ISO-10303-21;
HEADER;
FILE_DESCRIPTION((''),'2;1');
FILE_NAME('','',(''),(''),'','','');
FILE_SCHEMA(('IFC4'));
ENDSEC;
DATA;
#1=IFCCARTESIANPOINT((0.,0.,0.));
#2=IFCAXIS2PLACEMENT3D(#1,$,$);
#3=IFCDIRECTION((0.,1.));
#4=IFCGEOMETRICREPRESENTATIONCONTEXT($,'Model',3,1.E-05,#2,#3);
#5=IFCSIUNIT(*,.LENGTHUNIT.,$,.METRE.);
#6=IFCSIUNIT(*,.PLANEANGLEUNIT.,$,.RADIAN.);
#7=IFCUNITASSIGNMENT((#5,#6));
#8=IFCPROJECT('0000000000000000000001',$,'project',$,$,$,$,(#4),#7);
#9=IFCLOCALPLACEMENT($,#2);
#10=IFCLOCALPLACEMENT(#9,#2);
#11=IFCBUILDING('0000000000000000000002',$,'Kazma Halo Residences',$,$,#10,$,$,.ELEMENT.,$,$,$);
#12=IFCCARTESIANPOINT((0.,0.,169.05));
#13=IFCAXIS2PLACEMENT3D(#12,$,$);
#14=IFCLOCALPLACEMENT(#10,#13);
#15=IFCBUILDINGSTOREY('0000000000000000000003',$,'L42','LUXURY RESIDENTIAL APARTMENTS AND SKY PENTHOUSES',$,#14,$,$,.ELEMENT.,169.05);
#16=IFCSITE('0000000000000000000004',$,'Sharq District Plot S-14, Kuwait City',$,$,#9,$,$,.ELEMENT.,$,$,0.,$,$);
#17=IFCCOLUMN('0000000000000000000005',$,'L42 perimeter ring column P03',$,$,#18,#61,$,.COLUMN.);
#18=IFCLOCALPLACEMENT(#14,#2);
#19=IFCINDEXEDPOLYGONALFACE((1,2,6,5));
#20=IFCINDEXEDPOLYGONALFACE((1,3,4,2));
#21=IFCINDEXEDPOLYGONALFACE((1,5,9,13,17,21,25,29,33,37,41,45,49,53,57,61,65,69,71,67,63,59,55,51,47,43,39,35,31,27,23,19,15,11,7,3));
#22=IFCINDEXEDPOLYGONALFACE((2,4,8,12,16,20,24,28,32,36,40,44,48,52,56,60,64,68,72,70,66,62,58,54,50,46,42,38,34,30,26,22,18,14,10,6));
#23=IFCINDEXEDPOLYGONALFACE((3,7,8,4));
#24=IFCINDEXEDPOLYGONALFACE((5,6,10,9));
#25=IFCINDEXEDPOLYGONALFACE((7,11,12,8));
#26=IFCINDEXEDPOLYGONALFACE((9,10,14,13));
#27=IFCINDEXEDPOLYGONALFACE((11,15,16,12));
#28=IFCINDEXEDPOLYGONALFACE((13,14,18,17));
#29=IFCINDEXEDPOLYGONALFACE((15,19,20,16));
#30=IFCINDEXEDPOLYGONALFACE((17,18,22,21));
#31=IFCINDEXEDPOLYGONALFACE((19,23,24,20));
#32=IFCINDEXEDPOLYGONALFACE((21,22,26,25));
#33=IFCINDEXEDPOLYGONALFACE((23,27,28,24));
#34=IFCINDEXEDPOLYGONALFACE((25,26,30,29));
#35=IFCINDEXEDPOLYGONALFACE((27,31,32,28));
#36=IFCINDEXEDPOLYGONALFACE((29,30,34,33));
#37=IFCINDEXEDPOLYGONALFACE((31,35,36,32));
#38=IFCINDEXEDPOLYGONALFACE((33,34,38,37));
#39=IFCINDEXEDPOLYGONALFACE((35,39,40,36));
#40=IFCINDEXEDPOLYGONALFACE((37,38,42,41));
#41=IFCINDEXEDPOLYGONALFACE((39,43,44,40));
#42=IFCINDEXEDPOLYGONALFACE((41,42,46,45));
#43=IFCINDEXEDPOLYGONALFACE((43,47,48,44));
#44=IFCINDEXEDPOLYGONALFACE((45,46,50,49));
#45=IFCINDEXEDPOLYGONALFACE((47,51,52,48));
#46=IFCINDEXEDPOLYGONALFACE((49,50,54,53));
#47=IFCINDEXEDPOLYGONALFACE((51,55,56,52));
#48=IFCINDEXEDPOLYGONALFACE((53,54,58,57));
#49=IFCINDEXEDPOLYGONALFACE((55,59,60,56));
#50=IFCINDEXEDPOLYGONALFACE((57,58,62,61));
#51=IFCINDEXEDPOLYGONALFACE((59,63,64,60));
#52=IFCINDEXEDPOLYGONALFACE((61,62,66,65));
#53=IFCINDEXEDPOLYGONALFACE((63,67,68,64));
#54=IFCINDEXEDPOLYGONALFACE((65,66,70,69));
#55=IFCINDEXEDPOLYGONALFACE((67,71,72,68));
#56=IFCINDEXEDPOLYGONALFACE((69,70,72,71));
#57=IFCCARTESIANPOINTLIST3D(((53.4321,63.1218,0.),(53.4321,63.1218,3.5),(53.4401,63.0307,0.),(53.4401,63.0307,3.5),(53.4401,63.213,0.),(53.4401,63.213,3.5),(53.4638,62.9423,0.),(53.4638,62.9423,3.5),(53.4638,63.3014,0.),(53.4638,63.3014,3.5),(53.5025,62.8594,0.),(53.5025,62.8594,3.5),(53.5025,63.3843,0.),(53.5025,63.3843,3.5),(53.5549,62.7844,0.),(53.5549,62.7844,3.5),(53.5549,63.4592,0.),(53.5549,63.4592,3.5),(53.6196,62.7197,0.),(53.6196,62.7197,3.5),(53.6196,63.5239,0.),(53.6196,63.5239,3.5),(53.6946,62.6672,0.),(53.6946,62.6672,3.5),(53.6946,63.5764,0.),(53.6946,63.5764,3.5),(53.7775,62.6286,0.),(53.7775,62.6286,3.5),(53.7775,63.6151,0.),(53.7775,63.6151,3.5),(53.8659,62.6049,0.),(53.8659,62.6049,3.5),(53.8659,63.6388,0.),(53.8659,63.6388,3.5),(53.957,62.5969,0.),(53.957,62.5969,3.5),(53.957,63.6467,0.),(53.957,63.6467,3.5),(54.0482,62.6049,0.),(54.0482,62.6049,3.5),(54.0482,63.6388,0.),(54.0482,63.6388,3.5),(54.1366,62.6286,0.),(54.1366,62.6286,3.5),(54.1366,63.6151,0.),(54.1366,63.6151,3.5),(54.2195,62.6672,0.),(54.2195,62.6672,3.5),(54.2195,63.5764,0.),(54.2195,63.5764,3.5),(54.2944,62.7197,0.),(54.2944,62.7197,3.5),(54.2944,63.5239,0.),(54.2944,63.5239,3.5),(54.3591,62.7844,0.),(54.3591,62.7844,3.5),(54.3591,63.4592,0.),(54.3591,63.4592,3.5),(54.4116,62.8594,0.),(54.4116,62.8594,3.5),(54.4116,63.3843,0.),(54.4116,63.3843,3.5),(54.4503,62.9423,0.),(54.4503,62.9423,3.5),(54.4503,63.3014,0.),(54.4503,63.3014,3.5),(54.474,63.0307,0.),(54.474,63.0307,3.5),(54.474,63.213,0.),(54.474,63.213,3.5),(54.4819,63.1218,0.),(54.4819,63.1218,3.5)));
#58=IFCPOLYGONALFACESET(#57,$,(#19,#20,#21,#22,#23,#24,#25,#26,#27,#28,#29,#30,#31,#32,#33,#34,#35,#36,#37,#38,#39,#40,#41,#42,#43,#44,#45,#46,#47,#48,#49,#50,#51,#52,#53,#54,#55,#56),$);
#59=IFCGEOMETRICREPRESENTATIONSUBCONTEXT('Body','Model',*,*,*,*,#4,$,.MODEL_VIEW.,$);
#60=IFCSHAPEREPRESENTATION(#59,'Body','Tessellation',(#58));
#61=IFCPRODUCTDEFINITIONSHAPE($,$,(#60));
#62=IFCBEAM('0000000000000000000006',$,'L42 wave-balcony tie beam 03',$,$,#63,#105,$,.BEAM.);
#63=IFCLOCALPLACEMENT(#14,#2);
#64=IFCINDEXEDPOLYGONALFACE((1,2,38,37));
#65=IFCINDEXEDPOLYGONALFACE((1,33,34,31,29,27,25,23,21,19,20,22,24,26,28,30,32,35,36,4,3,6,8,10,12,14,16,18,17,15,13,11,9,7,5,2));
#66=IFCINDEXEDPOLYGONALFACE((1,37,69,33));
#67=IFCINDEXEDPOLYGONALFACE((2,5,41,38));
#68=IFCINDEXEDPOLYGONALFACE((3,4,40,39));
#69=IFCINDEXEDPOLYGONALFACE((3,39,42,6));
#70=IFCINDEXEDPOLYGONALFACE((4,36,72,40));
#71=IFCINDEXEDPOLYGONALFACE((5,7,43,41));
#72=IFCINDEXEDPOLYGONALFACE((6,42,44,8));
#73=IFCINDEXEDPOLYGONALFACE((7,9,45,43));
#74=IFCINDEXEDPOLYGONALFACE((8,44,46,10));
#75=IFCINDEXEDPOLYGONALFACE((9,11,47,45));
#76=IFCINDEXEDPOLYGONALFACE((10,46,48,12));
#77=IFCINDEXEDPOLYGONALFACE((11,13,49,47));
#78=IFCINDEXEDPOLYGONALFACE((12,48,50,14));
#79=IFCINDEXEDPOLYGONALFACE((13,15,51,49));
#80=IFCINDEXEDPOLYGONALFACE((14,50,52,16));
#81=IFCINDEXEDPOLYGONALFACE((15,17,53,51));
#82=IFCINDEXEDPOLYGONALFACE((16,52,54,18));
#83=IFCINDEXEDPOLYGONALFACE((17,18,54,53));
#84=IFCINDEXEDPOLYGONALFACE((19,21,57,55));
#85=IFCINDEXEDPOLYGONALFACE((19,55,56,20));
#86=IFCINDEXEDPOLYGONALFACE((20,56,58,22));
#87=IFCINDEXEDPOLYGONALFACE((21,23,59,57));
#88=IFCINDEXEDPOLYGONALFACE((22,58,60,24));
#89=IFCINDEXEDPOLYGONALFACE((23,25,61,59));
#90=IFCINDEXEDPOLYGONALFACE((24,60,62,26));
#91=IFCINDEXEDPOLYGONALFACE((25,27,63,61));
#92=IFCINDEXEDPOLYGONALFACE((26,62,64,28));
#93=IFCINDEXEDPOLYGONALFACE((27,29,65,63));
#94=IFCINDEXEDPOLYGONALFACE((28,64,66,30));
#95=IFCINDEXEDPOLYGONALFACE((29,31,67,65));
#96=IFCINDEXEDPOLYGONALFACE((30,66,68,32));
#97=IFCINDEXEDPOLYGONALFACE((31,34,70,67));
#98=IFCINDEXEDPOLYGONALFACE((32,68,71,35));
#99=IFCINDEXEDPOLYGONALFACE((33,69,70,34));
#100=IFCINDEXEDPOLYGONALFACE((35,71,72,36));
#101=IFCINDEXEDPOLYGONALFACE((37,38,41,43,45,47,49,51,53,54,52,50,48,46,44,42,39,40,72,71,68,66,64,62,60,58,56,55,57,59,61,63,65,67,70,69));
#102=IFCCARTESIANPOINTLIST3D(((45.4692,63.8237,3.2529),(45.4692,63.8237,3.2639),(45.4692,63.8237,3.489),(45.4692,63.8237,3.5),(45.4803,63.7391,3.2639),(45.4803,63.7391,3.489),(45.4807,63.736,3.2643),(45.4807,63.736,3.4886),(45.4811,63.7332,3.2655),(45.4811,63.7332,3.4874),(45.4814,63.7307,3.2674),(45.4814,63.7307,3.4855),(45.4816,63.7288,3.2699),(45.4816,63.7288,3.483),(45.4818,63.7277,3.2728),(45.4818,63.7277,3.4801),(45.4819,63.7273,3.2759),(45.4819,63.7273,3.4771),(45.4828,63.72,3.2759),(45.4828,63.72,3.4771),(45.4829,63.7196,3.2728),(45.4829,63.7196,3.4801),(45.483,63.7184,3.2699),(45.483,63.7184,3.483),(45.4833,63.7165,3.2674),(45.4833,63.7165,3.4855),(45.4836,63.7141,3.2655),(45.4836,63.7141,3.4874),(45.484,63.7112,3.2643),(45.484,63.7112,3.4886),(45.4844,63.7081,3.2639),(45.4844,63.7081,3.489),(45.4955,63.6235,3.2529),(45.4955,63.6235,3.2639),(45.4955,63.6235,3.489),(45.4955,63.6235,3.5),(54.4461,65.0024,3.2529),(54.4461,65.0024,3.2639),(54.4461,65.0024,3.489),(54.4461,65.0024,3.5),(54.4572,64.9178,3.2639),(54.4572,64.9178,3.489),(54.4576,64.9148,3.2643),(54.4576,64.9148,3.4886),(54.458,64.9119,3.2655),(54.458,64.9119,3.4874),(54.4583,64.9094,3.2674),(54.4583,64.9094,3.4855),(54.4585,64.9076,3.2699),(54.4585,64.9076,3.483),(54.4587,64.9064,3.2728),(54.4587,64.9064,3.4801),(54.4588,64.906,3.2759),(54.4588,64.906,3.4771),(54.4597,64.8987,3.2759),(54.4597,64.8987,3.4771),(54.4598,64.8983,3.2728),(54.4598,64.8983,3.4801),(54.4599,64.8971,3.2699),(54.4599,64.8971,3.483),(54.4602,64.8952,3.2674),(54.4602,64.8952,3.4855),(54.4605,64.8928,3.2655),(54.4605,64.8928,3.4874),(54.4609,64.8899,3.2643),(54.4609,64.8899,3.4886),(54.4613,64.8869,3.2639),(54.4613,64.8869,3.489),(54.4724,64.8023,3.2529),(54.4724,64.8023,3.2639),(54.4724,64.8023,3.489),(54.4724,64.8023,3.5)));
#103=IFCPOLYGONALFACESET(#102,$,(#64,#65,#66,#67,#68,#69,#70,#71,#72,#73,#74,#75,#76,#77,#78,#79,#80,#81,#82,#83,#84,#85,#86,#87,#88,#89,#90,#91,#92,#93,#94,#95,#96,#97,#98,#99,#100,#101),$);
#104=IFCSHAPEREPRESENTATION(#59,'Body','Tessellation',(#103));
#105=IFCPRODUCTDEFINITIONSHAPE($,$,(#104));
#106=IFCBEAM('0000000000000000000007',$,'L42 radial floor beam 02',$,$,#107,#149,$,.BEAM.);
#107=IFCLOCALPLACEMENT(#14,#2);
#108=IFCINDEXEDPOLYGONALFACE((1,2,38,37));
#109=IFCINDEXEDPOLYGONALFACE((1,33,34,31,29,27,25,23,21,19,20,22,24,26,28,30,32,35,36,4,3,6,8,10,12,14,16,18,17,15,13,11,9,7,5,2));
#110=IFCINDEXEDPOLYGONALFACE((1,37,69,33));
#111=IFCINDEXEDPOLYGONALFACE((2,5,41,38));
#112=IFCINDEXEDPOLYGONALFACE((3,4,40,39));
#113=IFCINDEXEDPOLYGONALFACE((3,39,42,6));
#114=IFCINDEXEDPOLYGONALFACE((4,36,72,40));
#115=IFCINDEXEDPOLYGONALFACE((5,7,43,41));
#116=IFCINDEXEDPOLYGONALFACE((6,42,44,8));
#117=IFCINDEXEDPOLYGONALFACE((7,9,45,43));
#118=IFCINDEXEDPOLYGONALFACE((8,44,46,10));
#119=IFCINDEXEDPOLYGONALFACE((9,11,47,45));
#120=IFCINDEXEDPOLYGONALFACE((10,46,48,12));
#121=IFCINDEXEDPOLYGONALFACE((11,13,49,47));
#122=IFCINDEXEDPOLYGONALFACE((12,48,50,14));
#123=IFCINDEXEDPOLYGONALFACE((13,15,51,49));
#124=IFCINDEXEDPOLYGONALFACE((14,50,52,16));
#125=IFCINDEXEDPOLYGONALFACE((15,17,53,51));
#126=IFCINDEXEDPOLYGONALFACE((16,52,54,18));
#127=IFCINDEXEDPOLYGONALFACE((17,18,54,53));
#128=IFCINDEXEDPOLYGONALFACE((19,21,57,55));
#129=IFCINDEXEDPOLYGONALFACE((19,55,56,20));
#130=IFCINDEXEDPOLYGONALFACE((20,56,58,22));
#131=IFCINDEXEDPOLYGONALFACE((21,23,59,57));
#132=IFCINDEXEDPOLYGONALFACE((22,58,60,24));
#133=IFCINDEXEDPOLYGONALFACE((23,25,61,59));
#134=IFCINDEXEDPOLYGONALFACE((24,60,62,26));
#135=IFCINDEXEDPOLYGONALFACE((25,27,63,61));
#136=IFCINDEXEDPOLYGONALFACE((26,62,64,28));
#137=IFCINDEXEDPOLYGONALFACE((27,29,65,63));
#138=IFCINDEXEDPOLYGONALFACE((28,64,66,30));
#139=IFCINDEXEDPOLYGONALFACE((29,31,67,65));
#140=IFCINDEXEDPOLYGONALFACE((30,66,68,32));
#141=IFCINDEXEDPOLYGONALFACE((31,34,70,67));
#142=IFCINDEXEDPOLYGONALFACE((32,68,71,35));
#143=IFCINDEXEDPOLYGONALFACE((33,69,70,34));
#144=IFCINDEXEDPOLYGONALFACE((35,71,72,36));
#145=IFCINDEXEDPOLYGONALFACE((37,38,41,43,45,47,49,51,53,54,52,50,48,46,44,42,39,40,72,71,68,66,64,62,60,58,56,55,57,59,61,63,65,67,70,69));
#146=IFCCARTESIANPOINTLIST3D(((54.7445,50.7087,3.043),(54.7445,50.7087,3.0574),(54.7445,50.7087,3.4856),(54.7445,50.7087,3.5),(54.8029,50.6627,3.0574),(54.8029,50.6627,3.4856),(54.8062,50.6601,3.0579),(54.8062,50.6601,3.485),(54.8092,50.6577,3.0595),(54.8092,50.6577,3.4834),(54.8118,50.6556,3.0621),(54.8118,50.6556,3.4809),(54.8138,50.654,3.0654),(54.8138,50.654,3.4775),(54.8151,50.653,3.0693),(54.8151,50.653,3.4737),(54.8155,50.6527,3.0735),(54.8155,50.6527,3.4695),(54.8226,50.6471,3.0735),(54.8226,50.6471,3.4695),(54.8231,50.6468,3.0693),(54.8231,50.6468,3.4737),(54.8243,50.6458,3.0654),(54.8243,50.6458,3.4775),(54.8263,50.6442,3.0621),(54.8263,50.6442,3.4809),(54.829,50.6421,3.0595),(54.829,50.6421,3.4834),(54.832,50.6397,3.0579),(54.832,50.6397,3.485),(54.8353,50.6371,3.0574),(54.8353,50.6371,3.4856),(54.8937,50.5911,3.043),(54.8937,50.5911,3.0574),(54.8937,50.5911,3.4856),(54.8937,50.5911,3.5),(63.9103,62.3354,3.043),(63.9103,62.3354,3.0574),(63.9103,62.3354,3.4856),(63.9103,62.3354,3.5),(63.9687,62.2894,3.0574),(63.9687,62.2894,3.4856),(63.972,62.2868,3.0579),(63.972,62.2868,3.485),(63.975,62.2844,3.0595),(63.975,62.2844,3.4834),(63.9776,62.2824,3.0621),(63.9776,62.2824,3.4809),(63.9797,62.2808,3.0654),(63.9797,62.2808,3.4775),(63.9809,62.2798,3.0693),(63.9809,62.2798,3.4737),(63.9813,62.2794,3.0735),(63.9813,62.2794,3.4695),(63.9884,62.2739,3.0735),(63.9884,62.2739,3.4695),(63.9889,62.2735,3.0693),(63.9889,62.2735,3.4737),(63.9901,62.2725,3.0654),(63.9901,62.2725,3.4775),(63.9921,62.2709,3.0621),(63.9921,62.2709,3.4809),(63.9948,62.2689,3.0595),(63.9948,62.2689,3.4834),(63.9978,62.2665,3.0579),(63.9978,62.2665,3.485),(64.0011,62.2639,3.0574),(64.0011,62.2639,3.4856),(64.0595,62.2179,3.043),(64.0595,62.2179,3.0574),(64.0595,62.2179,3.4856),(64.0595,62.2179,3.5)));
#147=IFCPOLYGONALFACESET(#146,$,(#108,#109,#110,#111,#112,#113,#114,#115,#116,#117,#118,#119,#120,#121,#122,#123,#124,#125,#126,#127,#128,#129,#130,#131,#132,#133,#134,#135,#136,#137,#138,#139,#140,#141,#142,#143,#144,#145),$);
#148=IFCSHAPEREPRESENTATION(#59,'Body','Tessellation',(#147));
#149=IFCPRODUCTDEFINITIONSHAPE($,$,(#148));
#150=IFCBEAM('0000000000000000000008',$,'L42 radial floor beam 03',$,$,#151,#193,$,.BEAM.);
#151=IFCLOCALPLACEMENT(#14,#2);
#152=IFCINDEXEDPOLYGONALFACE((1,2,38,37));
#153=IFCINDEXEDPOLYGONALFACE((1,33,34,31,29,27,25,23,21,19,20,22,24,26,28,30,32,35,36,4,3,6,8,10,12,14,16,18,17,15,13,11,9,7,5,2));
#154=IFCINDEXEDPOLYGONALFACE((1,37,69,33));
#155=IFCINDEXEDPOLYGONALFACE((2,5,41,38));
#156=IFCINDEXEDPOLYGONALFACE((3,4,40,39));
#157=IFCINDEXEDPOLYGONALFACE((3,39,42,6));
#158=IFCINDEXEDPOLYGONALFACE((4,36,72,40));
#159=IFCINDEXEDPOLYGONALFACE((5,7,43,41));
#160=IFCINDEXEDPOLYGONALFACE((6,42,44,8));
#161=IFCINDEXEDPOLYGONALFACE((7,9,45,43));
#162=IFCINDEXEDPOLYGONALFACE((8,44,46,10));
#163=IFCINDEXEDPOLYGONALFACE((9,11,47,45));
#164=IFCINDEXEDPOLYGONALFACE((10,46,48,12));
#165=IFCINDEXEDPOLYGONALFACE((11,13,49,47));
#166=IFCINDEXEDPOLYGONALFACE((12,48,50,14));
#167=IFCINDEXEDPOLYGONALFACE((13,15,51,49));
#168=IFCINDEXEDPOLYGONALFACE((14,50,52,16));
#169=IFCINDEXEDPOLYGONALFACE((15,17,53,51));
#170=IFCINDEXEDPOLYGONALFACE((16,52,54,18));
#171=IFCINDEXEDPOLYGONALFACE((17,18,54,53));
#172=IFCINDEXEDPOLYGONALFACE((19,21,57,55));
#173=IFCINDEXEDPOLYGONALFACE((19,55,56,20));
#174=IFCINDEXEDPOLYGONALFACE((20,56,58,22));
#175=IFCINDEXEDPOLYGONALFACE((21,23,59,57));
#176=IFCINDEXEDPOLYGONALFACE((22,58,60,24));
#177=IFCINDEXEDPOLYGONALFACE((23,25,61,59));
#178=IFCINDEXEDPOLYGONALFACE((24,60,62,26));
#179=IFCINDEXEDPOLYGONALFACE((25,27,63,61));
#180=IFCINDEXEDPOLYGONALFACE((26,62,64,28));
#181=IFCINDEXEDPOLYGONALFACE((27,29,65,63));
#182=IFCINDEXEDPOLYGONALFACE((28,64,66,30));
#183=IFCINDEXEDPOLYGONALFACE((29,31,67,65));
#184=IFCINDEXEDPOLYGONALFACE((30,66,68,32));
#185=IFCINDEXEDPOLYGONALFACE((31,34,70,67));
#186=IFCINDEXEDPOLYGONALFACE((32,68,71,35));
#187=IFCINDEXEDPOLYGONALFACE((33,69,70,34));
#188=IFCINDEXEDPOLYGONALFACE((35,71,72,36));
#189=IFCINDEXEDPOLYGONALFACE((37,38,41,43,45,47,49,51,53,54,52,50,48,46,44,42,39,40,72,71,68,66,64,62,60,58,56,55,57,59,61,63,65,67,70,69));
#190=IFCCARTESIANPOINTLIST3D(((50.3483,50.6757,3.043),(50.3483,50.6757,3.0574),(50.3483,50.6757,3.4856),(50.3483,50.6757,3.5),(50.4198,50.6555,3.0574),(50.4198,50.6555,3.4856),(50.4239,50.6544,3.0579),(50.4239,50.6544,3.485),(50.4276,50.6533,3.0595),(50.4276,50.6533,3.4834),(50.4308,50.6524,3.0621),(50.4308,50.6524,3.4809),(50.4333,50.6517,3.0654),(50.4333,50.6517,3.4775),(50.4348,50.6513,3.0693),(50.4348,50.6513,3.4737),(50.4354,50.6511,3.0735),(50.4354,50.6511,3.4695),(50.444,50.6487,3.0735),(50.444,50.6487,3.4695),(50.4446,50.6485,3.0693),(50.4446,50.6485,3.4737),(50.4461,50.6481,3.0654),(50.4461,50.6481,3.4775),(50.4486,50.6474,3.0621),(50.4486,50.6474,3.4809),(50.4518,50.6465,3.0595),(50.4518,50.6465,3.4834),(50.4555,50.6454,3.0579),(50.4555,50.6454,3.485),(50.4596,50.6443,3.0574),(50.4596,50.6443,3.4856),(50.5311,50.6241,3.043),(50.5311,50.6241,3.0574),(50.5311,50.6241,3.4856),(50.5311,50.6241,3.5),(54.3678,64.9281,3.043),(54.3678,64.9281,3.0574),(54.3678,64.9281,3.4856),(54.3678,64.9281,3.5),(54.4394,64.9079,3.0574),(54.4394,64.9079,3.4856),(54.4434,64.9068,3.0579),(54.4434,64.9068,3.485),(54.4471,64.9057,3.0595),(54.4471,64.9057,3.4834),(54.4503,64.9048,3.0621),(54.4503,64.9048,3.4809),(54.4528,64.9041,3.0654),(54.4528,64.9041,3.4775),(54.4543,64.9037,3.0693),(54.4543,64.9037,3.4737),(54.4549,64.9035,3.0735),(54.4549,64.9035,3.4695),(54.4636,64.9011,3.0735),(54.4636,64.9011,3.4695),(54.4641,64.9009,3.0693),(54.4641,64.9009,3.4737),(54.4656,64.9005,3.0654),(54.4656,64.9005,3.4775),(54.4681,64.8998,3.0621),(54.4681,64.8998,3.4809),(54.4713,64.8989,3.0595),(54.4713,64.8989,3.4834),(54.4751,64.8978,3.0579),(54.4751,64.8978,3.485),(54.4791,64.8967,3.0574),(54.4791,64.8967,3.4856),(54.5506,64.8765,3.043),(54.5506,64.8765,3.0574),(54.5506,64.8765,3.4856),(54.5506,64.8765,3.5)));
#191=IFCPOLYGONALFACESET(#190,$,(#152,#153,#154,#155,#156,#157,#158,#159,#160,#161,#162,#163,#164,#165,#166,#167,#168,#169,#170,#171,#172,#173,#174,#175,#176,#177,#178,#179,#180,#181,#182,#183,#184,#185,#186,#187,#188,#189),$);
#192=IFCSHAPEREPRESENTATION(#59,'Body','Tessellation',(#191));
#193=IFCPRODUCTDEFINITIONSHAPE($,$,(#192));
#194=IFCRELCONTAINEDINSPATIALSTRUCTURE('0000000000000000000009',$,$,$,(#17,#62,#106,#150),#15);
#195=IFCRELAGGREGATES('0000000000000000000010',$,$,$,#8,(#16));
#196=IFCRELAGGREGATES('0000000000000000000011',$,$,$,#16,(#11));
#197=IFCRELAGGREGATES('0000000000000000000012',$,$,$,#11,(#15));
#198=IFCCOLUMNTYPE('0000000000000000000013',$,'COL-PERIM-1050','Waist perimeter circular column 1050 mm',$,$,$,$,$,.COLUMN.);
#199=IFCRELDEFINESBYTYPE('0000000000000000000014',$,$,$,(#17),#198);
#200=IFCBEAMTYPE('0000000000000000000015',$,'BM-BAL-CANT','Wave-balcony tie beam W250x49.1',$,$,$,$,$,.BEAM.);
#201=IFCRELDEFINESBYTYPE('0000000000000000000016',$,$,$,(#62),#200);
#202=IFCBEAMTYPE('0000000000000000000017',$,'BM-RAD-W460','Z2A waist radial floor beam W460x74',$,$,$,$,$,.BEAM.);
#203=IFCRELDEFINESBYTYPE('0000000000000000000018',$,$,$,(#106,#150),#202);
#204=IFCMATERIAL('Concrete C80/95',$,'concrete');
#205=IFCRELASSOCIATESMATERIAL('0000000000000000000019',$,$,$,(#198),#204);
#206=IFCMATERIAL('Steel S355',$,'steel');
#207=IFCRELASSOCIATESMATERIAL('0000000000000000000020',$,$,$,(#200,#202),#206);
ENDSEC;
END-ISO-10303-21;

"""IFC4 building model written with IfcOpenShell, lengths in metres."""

from ifc_helpers import new_model, si_unit, direction, frame, origin, origin_2d, place, context, subcontext, project, spatial, circle, i_section, extrude, material, material_profile, profile_set, type_object, element, save


model = new_model("IFC4")

# Units and contexts
model_context = context("Model", 3, precision=1e-05, world=origin(), true_north=direction((0.0, 1.0)))
body_context = subcontext(model_context, "Body", "Model", "MODEL_VIEW")
ifc_project = project(units=[si_unit("LENGTHUNIT", "METRE"), si_unit("PLANEANGLEUNIT", "RADIAN")], contexts=[model_context])

# Site, building, storey
site_placement = place(None, origin())
site = spatial("IfcSite", under=ifc_project, at=site_placement, Name="Sharq District Plot S-14, Kuwait City", CompositionType="ELEMENT", RefElevation=0.0)
building_placement = place(site_placement, origin())
building = spatial("IfcBuilding", under=site, at=building_placement, Name="Kazma Halo Residences", CompositionType="ELEMENT")
storey_placement = place(building_placement, frame((0.0, 0.0, 169.05)))
storey = spatial("IfcBuildingStorey", under=building, at=storey_placement, Name="L42", Description="LUXURY RESIDENTIAL APARTMENTS AND SKY PENTHOUSES", CompositionType="ELEMENT", Elevation=169.05)

# Column
ifc_material_1 = material(Name="Concrete C80/95", Category="concrete")
ifc_material_profile_1 = material_profile(ifc_material_1, circle(Radius=0.5249, at=origin_2d()), Name="CIRC1050")
ifc_profile_set_1 = profile_set([ifc_material_profile_1], Name="Concrete C80/95")
column_type = type_object("IfcColumnType", Name="COL-PERIM-1050", Description="Waist perimeter circular column 1050 mm", PredefinedType="COLUMN", material=ifc_profile_set_1)
column_placement = place(storey_placement, frame((53.957, 63.1218, 0.0), z_axis=(0.0, 0.0, 1.0), x_axis=(1.0, 0.0, 0.0)))
element("IfcColumn", 1, at=column_placement, inside=storey, type_object=column_type, Name="L42 perimeter ring column P03", PredefinedType="COLUMN", context=body_context, shape_type="SweptSolid", body=[
    extrude(circle(Radius=0.5249, at=origin_2d()), origin(), (0.0, 0.0, 1.0), 3.5),
])

# Beams
ifc_material_2 = material(Name="Steel S355", Category="steel")
ifc_material_profile_2 = material_profile(ifc_material_2, i_section(OverallWidth=0.2019, OverallDepth=0.2471, WebThickness=0.0073, FlangeThickness=0.011, FilletRadius=0.012, at=origin_2d()), Name="W250x49.1")
ifc_profile_set_2 = profile_set([ifc_material_profile_2], Name="Steel S355")
beam_type_1 = type_object("IfcBeamType", Name="BM-BAL-CANT", Description="Wave-balcony tie beam W250x49.1", PredefinedType="BEAM", material=ifc_profile_set_2)
beam_1_placement = place(storey_placement, frame((54.4592, 64.9023, 3.3765), z_axis=(-0.991489, -0.130189, 0.0), x_axis=(0.130189, -0.991489, 0.0)))
element("IfcBeam", 2, at=beam_1_placement, inside=storey, type_object=beam_type_1, Name="L42 wave-balcony tie beam 03", PredefinedType="BEAM", context=body_context, shape_type="SweptSolid", body=[
    extrude(i_section(OverallWidth=0.2019, OverallDepth=0.2471, WebThickness=0.0073, FlangeThickness=0.011, FilletRadius=0.012, at=origin_2d()), origin(), (0.0, 0.0, 1.0), 9.054),
])
ifc_material_profile_3 = material_profile(ifc_material_2, i_section(OverallWidth=0.1899, OverallDepth=0.457, WebThickness=0.009, FlangeThickness=0.0144, FilletRadius=0.0161, at=origin_2d()), Name="W460x74")
ifc_profile_set_3 = profile_set([ifc_material_profile_3], Name="Steel S355")
beam_type_2 = type_object("IfcBeamType", Name="BM-RAD-W460", Description="Z2A waist radial floor beam W460x74", PredefinedType="BEAM", material=ifc_profile_set_3)
beam_2_placement = place(storey_placement, frame((54.8191, 50.6499, 3.2715), z_axis=(0.619094, 0.785316, 0.0), x_axis=(-0.785316, 0.619094, 0.0)))
element("IfcBeam", 3, at=beam_2_placement, inside=storey, type_object=beam_type_2, Name="L42 radial floor beam 02", PredefinedType="BEAM", context=body_context, shape_type="SweptSolid", body=[
    extrude(i_section(OverallWidth=0.1899, OverallDepth=0.457, WebThickness=0.009, FlangeThickness=0.0144, FilletRadius=0.0161, at=origin_2d()), origin(), (0.0, 0.0, 1.0), 14.8052),
])
beam_3_placement = place(storey_placement, frame((50.4397, 50.6499, 3.2715), z_axis=(0.271436, 0.962457, 0.0), x_axis=(-0.962457, 0.271436, 0.0)))
element("IfcBeam", 4, at=beam_3_placement, inside=storey, type_object=beam_type_2, Name="L42 radial floor beam 03", PredefinedType="BEAM", context=body_context, shape_type="SweptSolid", body=[
    extrude(i_section(OverallWidth=0.1899, OverallDepth=0.457, WebThickness=0.009, FlangeThickness=0.0144, FilletRadius=0.0161, at=origin_2d()), origin(), (0.0, 0.0, 1.0), 14.8083),
])

save(model, "model.ifc")
